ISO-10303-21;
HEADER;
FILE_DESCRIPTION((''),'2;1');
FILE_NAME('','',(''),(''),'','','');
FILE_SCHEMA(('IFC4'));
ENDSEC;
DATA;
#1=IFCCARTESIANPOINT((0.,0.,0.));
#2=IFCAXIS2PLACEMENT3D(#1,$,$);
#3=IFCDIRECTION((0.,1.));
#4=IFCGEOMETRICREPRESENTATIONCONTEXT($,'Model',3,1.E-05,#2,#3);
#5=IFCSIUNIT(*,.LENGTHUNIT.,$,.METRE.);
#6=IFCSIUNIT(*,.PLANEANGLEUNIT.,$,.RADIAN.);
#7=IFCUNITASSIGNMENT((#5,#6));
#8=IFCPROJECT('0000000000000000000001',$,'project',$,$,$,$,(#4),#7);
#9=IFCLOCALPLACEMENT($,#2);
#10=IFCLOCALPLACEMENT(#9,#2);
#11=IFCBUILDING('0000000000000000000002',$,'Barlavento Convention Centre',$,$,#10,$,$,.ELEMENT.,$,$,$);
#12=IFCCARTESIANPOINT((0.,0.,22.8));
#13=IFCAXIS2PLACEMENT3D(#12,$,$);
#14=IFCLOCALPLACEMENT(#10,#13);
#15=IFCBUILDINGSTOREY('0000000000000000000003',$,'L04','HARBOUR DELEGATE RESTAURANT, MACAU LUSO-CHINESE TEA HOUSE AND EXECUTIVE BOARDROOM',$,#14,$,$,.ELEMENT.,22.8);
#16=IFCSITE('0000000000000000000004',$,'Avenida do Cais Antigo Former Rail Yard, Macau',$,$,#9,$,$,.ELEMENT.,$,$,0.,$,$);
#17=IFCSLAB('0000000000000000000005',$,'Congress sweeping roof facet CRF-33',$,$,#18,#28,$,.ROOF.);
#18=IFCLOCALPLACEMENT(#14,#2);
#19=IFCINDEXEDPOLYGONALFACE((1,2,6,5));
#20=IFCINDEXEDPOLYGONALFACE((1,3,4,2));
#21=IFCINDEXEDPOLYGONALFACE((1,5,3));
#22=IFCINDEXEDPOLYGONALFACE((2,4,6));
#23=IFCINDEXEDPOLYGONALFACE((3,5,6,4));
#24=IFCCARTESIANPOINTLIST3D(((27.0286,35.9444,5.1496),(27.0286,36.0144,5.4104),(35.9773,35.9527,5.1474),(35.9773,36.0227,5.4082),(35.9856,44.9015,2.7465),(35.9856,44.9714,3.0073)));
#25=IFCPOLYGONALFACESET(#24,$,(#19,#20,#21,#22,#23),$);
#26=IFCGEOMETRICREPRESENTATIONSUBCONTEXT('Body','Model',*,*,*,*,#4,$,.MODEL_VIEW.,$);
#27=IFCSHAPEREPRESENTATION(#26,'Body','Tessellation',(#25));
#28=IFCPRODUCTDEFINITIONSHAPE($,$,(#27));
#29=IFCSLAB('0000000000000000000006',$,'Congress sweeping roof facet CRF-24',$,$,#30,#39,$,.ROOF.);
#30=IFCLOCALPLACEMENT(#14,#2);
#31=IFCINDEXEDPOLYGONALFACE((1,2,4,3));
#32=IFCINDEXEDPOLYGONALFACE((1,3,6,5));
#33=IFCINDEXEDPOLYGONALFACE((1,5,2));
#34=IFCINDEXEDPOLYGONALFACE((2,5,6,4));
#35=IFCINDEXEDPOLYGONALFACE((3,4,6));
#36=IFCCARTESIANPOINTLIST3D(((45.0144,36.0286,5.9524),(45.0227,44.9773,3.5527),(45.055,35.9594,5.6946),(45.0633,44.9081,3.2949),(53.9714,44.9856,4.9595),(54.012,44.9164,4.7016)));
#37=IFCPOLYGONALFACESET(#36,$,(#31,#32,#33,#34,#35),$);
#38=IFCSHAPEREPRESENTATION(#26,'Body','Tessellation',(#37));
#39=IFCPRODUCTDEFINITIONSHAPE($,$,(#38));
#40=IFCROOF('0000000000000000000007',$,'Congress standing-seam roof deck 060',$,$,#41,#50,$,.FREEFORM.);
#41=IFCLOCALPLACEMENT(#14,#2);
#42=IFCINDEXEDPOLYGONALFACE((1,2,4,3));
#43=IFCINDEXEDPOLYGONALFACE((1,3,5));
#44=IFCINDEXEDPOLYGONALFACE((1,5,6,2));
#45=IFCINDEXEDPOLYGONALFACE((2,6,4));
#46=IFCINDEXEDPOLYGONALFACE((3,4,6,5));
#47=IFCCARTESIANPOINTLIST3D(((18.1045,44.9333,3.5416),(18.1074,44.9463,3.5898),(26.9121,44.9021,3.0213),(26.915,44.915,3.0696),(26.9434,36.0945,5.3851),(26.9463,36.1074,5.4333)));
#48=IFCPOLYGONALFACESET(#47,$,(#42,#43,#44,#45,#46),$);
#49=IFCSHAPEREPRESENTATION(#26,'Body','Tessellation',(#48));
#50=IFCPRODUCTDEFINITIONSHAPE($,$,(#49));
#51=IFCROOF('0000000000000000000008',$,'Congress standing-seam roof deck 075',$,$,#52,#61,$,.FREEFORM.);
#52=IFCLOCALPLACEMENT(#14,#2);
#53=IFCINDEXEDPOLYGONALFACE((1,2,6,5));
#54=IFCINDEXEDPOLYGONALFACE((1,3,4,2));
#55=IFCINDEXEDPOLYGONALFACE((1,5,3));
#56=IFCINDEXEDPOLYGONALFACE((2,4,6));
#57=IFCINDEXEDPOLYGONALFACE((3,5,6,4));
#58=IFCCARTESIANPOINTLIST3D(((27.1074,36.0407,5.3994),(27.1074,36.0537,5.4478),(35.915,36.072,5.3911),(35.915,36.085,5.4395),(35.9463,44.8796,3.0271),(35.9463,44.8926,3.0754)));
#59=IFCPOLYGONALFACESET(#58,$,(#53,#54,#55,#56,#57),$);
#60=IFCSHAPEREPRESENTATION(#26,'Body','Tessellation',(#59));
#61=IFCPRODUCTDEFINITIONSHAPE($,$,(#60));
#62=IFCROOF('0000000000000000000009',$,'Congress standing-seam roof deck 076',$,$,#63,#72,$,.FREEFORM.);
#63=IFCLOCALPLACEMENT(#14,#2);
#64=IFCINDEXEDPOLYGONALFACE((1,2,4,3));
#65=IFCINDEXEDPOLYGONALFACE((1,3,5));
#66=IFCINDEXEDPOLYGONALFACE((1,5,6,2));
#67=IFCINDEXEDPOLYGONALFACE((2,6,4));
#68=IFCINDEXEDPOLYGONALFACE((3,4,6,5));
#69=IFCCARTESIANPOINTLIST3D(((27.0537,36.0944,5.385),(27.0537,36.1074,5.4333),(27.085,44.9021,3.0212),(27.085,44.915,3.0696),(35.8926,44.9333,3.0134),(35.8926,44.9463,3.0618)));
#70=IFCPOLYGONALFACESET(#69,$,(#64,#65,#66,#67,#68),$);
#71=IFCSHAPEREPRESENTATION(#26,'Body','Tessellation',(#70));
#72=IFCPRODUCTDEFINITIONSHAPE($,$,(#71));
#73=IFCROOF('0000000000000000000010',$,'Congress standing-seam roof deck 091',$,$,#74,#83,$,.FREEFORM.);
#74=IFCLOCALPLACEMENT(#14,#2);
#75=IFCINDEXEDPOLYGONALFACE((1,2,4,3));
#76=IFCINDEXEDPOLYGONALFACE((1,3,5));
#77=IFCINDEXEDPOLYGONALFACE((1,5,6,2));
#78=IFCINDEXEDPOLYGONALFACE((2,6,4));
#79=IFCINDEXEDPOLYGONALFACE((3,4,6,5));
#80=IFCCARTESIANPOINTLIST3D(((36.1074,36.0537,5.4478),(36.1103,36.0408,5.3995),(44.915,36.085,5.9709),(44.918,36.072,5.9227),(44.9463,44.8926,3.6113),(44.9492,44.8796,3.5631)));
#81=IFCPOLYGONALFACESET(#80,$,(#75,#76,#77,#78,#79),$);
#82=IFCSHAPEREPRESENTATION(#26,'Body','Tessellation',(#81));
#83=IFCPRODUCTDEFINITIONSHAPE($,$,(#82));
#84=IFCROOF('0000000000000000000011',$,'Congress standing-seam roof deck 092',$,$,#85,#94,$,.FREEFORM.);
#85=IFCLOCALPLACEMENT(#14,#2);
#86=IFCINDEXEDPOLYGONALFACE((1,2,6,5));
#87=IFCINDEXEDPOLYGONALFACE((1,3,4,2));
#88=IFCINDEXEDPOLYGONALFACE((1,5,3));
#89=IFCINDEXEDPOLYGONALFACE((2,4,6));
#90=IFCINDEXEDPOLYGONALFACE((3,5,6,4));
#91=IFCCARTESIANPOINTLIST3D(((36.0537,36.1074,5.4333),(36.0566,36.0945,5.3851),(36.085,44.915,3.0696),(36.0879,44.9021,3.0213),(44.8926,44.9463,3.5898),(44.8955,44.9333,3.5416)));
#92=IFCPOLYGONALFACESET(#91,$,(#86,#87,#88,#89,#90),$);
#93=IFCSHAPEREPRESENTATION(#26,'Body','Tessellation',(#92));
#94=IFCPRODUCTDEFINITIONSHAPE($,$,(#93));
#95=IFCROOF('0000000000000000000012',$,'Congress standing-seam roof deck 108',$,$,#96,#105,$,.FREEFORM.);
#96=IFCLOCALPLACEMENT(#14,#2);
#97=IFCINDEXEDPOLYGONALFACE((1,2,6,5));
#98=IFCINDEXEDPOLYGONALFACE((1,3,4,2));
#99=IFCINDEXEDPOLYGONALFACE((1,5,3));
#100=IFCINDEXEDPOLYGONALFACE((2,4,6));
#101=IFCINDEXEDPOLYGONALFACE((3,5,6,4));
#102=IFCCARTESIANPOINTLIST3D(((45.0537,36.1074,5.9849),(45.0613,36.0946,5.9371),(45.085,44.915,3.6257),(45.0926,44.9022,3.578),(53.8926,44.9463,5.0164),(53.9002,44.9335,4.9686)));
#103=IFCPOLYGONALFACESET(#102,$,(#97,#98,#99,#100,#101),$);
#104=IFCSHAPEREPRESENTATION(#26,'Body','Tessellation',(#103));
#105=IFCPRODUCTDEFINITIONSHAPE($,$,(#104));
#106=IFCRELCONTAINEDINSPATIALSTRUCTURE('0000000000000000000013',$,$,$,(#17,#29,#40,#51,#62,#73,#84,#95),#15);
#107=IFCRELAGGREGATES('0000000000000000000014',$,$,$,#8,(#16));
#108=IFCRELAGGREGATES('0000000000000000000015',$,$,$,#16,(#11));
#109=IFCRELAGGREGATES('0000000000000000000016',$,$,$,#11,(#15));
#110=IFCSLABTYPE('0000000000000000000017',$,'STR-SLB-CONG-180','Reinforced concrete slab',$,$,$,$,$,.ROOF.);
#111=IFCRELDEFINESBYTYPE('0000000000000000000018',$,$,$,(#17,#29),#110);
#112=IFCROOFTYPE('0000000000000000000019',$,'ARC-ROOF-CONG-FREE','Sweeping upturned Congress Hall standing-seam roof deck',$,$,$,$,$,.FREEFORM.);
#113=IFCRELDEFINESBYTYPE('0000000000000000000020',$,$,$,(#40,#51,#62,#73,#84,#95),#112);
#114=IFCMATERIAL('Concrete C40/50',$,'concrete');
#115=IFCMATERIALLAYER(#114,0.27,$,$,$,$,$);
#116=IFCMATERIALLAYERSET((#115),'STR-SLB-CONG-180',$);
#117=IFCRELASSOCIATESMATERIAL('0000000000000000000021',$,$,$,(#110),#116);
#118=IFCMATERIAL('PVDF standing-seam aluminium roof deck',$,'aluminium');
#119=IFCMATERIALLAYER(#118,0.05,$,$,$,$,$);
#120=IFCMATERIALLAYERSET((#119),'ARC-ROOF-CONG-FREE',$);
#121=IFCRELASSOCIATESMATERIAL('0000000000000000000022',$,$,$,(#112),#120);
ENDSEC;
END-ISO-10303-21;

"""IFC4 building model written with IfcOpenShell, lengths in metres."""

from ifc_helpers import new_model, si_unit, direction, frame, origin, place, context, subcontext, project, spatial, polyline, outline, extrude, material, layer, layer_set, type_object, element, save


model = new_model("IFC4")

# Units and contexts
model_context = context("Model", 3, precision=1e-05, world=origin(), true_north=direction((0.0, 1.0)))
body_context = subcontext(model_context, "Body", "Model", "MODEL_VIEW")
ifc_project = project(units=[si_unit("LENGTHUNIT", "METRE"), si_unit("PLANEANGLEUNIT", "RADIAN")], contexts=[model_context])

# Site, building, storey
site_placement = place(None, origin())
site = spatial("IfcSite", under=ifc_project, at=site_placement, Name="Avenida do Cais Antigo Former Rail Yard, Macau", CompositionType="ELEMENT", RefElevation=0.0)
building_placement = place(site_placement, origin())
building = spatial("IfcBuilding", under=site, at=building_placement, Name="Barlavento Convention Centre", CompositionType="ELEMENT")
storey_placement = place(building_placement, frame((0.0, 0.0, 22.8)))
storey = spatial("IfcBuildingStorey", under=building, at=storey_placement, Name="L04", Description="HARBOUR DELEGATE RESTAURANT, MACAU LUSO-CHINESE TEA HOUSE AND EXECUTIVE BOARDROOM", CompositionType="ELEMENT", Elevation=22.8)

# Shared definitions
ifc_material_1 = material(Name="Concrete C40/50", Category="concrete")

# Slabs
ifc_layer_1 = layer(ifc_material_1, 0.27)
ifc_layer_set_1 = layer_set([ifc_layer_1], Name="STR-SLB-CONG-180")
slab_type_1 = type_object("IfcSlabType", Name="STR-SLB-CONG-180", Description="Reinforced concrete slab", PredefinedType="ROOF", material=ifc_layer_set_1)
slab_1_placement = place(storey_placement, frame((27.0286, 36.0144, 5.4104), z_axis=(-0.000003, 0.259129, 0.965843), x_axis=(1.0, 0.000928, -0.000246)))
element("IfcSlab", 1, at=slab_1_placement, inside=storey, type_object=slab_type_1, Name="Congress sweeping roof facet CRF-33", PredefinedType="ROOF", context=body_context, shape_type="SweptSolid", body=[
    extrude(outline(polyline([(0.0, 0.0), (8.9487, 0.0), (8.9659, 9.2652), (0.0, 0.0)])), origin(), (0.0, 0.0, -1.0), 0.27),
])
slab_2_placement = place(storey_placement, frame((45.0144, 36.0286, 5.9524), z_axis=(-0.150342, 0.256192, 0.954863), x_axis=(0.704944, 0.704944, -0.078146)))
element("IfcSlab", 2, at=slab_2_placement, inside=storey, type_object=slab_type_1, Name="Congress sweeping roof facet CRF-24", PredefinedType="ROOF", context=body_context, shape_type="SweptSolid", body=[
    extrude(outline(polyline([(0.0, 0.0), (12.706, 0.0), (6.5017, 6.6004), (0.0, 0.0)])), origin(), (0.0, 0.0, -1.0), 0.27),
])

# Roofs
ifc_material_2 = material(Name="PVDF standing-seam aluminium roof deck", Category="aluminium")
ifc_layer_2 = layer(ifc_material_2, 0.05)
ifc_layer_set_2 = layer_set([ifc_layer_2], Name="ARC-ROOF-CONG-FREE")
roof_type = type_object("IfcRoofType", Name="ARC-ROOF-CONG-FREE", Description="Sweeping upturned Congress Hall standing-seam roof deck", PredefinedType="FREEFORM", material=ifc_layer_set_2)
roof_1_placement = place(storey_placement, frame((26.9463, 36.1074, 5.4333), z_axis=(0.057871, 0.258962, 0.964152), x_axis=(-0.003427, 0.965817, -0.259204)))
element("IfcRoof", 3, at=roof_1_placement, inside=storey, type_object=roof_type, Name="Congress standing-seam roof deck 060", PredefinedType="FREEFORM", context=body_context, shape_type="SweptSolid", body=[
    extrude(outline(polyline([(0.0, 0.0), (9.1193, 0.0), (9.0449, 8.8227), (0.0, 0.0)])), origin(), (0.0, 0.0, -1.0), 0.05),
])
roof_2_placement = place(storey_placement, frame((27.1074, 36.0537, 5.4478), z_axis=(-0.00001, 0.25923, 0.965816), x_axis=(0.999993, 0.003548, -0.000942)))
element("IfcRoof", 4, at=roof_2_placement, inside=storey, type_object=roof_type, Name="Congress standing-seam roof deck 075", PredefinedType="FREEFORM", context=body_context, shape_type="SweptSolid", body=[
    extrude(outline(polyline([(0.0, 0.0), (8.8077, 0.0), (8.8724, 9.1192), (0.0, 0.0)])), origin(), (0.0, 0.0, -1.0), 0.05),
])
roof_3_placement = place(storey_placement, frame((27.0537, 36.1074, 5.4333), z_axis=(-0.000063, 0.259206, 0.965822), x_axis=(0.694714, 0.694714, -0.186401)))
element("IfcRoof", 5, at=roof_3_placement, inside=storey, type_object=roof_type, Name="Congress standing-seam roof deck 076", PredefinedType="FREEFORM", context=body_context, shape_type="SweptSolid", body=[
    extrude(outline(polyline([(0.0, 0.0), (12.723, 0.0), (6.5811, 6.3128), (0.0, 0.0)])), origin(), (0.0, 0.0, -1.0), 0.05),
])
roof_4_placement = place(storey_placement, frame((36.1074, 36.0537, 5.4478), z_axis=(-0.058196, 0.258535, 0.964247), x_axis=(0.998234, 0.003542, 0.059297)))
element("IfcRoof", 6, at=roof_4_placement, inside=storey, type_object=roof_type, Name="Congress standing-seam roof deck 091", PredefinedType="FREEFORM", context=body_context, shape_type="SweptSolid", body=[
    extrude(outline(polyline([(0.0, 0.0), (8.8232, 0.0), (8.7457, 9.1179), (0.0, 0.0)])), origin(), (0.0, 0.0, -1.0), 0.05),
])
roof_5_placement = place(storey_placement, frame((36.0537, 36.1074, 5.4333), z_axis=(-0.057871, 0.258962, 0.964152), x_axis=(0.69954, 0.69954, -0.145902)))
element("IfcRoof", 7, at=roof_5_placement, inside=storey, type_object=roof_type, Name="Congress standing-seam roof deck 092", PredefinedType="FREEFORM", context=body_context, shape_type="SweptSolid", body=[
    extrude(outline(polyline([(0.0, 0.0), (12.6353, 0.0), (6.528, 6.3677), (0.0, 0.0)])), origin(), (0.0, 0.0, -1.0), 0.05),
])
roof_6_placement = place(storey_placement, frame((45.0537, 36.1074, 5.9849), z_axis=(-0.151637, 0.256241, 0.954645), x_axis=(0.704994, 0.704994, -0.077249)))
element("IfcRoof", 8, at=roof_6_placement, inside=storey, type_object=roof_type, Name="Congress standing-seam roof deck 108", PredefinedType="FREEFORM", context=body_context, shape_type="SweptSolid", body=[
    extrude(outline(polyline([(0.0, 0.0), (12.5375, 0.0), (6.4136, 6.4812), (0.0, 0.0)])), origin(), (0.0, 0.0, -1.0), 0.05),
])

save(model, "model.ifc")
